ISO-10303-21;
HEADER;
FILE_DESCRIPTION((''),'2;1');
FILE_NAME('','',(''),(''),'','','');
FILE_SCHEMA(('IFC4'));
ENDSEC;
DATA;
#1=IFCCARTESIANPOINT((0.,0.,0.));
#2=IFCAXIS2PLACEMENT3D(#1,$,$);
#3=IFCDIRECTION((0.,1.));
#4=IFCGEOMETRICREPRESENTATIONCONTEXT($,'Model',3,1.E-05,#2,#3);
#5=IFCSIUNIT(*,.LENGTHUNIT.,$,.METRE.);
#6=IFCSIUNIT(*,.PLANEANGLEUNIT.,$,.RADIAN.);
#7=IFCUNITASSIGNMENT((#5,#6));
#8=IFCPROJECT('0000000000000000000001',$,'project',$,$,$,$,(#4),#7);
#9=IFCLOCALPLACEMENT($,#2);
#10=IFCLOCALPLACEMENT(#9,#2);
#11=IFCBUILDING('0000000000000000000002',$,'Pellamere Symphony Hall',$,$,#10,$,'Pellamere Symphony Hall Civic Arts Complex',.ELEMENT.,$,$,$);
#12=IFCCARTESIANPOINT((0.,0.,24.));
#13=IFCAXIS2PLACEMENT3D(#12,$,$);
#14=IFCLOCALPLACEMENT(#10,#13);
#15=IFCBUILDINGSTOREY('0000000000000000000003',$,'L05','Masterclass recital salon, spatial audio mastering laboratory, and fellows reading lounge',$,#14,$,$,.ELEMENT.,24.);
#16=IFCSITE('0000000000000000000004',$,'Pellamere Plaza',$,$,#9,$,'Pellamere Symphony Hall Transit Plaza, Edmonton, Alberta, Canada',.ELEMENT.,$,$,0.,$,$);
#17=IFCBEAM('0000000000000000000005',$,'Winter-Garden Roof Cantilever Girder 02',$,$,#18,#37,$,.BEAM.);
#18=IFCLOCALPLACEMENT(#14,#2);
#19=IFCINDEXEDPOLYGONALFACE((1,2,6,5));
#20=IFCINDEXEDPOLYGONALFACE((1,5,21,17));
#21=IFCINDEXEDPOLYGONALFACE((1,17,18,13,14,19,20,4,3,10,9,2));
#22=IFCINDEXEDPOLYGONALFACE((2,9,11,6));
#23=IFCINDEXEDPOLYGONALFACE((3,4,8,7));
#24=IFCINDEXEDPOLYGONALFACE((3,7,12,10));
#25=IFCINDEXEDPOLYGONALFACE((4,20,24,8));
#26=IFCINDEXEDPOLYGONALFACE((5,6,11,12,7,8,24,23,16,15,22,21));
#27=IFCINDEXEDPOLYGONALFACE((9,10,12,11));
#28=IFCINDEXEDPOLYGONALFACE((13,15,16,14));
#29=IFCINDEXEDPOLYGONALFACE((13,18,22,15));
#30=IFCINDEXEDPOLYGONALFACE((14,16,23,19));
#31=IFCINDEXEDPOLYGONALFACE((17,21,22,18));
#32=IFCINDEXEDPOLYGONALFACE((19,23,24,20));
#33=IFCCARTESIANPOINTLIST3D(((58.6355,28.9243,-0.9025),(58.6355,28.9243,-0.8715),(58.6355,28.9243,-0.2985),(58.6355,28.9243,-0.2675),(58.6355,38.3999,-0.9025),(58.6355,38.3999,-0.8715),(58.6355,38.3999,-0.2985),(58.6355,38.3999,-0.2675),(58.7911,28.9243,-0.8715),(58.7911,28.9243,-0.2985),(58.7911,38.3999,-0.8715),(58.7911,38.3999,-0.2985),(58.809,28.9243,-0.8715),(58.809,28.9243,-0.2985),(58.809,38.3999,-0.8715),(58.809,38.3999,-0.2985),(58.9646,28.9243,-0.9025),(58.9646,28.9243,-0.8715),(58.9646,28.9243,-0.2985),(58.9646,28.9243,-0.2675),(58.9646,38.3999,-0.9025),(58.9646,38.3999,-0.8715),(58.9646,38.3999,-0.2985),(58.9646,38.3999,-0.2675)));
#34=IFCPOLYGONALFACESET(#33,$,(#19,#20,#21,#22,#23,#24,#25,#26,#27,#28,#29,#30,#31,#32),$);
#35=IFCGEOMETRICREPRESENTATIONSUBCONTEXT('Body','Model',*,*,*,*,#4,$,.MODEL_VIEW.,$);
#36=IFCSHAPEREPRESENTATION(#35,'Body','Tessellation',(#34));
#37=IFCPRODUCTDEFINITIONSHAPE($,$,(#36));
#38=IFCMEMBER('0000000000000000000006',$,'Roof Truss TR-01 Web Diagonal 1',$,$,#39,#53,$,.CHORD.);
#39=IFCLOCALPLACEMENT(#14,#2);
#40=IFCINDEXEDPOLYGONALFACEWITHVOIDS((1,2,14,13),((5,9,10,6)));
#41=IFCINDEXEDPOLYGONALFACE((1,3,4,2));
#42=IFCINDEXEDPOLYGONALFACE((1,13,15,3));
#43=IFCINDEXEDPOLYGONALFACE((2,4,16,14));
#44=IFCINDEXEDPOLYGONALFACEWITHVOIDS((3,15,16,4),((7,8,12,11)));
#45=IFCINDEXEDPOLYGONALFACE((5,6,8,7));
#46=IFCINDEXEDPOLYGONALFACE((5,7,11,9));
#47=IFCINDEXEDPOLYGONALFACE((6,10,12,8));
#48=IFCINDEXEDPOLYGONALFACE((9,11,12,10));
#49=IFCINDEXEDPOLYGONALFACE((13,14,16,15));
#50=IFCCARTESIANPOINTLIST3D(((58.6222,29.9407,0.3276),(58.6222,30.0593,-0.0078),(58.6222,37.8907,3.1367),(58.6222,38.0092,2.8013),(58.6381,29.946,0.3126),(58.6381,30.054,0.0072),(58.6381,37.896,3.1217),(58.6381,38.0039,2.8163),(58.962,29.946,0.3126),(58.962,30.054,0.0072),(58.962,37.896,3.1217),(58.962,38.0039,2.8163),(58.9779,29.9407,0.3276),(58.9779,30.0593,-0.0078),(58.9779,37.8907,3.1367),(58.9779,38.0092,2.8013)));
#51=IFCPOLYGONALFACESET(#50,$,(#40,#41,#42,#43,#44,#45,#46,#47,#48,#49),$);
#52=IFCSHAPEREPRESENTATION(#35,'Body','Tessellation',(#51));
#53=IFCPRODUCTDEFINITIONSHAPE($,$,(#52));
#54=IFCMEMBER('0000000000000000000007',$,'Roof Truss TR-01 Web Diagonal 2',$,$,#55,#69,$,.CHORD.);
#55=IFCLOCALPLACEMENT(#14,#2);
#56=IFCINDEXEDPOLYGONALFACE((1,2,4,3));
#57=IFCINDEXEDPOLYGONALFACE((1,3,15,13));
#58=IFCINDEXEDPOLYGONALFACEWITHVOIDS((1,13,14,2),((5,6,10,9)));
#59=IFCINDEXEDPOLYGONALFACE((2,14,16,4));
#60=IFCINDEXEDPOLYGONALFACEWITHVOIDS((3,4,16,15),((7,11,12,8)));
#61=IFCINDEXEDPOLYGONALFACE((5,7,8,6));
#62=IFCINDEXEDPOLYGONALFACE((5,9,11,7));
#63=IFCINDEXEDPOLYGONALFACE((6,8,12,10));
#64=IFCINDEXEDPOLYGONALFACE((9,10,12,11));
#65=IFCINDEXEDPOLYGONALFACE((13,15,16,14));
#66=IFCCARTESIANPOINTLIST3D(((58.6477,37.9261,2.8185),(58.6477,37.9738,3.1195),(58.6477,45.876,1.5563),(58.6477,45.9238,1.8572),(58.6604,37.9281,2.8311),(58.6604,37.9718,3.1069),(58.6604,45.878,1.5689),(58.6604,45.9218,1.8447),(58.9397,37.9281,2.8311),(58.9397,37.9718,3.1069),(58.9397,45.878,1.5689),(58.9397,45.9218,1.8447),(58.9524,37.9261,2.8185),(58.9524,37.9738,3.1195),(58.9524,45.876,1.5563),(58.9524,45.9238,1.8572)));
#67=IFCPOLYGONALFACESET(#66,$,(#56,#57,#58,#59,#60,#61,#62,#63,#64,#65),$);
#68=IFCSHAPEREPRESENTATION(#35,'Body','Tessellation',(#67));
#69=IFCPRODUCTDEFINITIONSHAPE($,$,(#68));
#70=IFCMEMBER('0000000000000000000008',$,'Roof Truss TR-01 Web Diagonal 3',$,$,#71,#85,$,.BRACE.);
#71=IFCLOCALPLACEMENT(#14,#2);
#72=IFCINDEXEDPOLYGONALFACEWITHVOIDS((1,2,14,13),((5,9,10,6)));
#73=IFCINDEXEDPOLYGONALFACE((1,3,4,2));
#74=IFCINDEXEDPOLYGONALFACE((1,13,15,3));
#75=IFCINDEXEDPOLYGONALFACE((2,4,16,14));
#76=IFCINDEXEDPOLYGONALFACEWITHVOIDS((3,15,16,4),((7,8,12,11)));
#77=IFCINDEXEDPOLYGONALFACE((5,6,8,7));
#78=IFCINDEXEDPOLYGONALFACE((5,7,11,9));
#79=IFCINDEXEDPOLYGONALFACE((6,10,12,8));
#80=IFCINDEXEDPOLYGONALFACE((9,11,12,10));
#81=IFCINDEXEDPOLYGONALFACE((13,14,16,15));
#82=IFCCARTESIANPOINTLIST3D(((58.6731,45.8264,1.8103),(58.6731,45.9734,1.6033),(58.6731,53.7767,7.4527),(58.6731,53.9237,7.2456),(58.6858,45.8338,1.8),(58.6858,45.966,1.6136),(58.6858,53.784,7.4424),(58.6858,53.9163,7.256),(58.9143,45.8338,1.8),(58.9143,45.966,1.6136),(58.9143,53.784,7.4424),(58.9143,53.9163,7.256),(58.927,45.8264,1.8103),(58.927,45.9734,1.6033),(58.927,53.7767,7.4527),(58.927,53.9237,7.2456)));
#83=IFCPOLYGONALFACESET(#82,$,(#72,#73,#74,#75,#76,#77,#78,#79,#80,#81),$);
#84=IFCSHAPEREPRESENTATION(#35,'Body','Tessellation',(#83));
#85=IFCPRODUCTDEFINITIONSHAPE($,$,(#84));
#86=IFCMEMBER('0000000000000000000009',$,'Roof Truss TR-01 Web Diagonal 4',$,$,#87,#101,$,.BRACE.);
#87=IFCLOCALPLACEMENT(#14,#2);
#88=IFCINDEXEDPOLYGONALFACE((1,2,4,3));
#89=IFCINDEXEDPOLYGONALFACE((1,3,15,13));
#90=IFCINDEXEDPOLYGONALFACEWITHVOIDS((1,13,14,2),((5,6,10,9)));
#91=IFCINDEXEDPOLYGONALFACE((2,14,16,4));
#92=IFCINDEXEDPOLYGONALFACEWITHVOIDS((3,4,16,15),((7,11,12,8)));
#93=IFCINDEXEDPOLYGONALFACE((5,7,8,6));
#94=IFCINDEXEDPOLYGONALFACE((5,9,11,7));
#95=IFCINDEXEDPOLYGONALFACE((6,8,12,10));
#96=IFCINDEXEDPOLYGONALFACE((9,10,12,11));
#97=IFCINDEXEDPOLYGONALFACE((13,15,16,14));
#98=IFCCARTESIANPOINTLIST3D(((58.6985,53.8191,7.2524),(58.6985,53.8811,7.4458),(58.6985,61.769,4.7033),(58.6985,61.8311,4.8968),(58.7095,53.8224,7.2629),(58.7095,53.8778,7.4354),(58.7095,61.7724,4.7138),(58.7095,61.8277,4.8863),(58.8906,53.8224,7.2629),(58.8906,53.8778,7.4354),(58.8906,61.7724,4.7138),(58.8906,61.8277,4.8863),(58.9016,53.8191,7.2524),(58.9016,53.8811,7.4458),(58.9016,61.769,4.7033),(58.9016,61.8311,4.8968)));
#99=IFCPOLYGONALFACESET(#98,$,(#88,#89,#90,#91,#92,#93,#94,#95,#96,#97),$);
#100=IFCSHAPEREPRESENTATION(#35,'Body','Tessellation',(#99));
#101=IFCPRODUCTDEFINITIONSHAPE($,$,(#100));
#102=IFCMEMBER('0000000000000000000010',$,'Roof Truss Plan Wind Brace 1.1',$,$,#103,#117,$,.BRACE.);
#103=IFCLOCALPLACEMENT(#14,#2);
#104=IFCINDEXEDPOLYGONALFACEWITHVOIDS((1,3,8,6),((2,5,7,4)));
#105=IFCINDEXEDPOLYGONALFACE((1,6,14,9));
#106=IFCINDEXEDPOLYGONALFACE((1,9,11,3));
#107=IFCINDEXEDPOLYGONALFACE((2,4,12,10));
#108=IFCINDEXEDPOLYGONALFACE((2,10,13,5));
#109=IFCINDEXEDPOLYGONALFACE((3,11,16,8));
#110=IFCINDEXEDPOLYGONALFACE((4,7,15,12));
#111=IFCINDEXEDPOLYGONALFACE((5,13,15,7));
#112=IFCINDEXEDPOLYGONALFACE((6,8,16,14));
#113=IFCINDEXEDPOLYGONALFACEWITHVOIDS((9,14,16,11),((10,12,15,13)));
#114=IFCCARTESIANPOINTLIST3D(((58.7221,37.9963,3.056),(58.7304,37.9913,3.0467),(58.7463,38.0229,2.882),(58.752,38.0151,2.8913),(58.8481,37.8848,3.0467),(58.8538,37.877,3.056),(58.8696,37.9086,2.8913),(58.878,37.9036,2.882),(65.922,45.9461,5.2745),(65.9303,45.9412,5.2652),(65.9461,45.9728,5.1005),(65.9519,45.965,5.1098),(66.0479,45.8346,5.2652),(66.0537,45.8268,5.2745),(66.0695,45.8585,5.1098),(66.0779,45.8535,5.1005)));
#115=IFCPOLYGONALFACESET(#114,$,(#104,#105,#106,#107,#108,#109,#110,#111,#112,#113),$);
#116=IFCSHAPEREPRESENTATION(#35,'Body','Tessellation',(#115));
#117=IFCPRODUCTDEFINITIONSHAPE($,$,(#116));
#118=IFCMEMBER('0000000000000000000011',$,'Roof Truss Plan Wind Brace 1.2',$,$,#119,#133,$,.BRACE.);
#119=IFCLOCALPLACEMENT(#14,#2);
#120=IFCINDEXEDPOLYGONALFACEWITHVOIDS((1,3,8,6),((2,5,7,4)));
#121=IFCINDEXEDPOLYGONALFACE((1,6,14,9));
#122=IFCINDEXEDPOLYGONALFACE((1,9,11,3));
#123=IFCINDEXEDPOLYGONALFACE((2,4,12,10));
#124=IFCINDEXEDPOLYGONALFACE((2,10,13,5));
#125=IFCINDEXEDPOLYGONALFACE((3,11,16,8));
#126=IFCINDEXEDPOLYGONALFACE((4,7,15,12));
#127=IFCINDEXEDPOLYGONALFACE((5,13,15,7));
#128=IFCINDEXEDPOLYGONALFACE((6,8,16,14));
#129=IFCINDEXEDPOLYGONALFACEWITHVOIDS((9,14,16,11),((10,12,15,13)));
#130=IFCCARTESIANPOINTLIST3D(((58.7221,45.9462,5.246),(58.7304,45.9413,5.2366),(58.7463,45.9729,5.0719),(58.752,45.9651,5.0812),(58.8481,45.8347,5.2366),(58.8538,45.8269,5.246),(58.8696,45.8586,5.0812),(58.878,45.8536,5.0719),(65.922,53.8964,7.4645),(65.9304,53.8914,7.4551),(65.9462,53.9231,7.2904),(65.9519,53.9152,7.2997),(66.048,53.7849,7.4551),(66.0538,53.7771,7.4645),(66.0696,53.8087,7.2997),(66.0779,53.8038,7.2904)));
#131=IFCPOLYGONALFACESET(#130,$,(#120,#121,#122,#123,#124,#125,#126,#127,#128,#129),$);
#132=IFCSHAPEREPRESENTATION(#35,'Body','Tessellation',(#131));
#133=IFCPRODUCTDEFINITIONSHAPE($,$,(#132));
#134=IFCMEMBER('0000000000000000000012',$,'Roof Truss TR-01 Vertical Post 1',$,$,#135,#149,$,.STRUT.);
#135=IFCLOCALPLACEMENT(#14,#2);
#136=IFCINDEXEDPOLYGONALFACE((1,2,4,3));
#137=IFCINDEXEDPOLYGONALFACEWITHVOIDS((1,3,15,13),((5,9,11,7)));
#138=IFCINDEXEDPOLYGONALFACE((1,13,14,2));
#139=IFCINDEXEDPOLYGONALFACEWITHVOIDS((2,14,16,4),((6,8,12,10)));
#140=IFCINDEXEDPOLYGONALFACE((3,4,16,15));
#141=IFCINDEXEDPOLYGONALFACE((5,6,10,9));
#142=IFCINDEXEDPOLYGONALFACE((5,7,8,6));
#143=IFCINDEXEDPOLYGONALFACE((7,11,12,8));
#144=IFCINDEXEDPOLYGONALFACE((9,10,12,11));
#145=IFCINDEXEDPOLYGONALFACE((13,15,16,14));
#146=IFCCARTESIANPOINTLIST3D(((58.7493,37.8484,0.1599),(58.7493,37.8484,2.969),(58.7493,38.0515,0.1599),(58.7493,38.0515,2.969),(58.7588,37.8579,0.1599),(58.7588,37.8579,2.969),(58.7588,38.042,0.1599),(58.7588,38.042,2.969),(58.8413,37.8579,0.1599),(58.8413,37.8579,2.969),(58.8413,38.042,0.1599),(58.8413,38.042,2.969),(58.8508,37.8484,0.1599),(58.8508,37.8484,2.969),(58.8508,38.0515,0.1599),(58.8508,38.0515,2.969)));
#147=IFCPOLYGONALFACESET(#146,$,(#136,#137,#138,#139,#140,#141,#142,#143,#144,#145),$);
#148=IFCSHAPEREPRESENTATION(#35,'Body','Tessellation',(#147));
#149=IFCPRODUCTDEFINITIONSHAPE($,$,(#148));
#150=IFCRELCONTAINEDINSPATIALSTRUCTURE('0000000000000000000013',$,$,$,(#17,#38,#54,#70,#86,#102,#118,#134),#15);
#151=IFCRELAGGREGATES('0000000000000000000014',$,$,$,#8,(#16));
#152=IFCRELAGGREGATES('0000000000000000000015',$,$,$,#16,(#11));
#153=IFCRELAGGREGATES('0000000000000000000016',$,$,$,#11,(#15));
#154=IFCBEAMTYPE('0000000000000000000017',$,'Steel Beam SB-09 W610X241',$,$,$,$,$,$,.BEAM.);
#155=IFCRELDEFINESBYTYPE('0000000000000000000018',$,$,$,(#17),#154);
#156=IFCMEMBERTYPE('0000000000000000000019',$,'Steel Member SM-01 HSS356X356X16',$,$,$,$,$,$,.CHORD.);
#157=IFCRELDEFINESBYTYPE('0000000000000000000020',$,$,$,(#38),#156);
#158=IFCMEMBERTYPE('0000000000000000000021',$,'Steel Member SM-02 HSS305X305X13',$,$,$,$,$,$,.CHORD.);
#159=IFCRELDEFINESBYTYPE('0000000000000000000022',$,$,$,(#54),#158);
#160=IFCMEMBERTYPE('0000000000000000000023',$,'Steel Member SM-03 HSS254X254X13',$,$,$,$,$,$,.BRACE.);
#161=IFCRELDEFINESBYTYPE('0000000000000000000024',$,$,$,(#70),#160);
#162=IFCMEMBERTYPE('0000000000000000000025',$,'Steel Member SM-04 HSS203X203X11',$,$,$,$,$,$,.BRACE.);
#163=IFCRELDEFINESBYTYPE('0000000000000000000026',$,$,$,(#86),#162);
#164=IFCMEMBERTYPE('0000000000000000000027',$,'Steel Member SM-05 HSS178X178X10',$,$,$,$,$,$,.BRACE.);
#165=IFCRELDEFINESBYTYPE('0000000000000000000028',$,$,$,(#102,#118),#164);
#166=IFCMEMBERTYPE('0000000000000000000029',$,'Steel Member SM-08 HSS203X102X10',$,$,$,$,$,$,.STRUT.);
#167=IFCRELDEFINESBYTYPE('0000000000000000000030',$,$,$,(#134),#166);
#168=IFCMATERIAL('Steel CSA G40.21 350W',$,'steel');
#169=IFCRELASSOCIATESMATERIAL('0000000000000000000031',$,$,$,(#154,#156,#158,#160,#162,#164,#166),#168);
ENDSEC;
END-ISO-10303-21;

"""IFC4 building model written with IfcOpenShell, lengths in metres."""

from ifc_helpers import new_model, si_unit, direction, frame, origin, origin_2d, place, context, subcontext, project, spatial, hollow_rectangle, i_section, extrude, material, material_profile, profile_set, type_object, element, save


model = new_model("IFC4")

# Units and contexts
model_context = context("Model", 3, precision=1e-05, world=origin(), true_north=direction((0.0, 1.0)))
body_context = subcontext(model_context, "Body", "Model", "MODEL_VIEW")
ifc_project = project(units=[si_unit("LENGTHUNIT", "METRE"), si_unit("PLANEANGLEUNIT", "RADIAN")], contexts=[model_context])

# Site, building, storey
site_placement = place(None, origin())
site = spatial("IfcSite", under=ifc_project, at=site_placement, Name="Pellamere Plaza", LongName="Pellamere Symphony Hall Transit Plaza, Edmonton, Alberta, Canada", CompositionType="ELEMENT", RefElevation=0.0)
building_placement = place(site_placement, origin())
building = spatial("IfcBuilding", under=site, at=building_placement, Name="Pellamere Symphony Hall", LongName="Pellamere Symphony Hall Civic Arts Complex", CompositionType="ELEMENT")
storey_placement = place(building_placement, frame((0.0, 0.0, 24.0)))
storey = spatial("IfcBuildingStorey", under=building, at=storey_placement, Name="L05", Description="Masterclass recital salon, spatial audio mastering laboratory, and fellows reading lounge", CompositionType="ELEMENT", Elevation=24.0)

# Beam
ifc_material_1 = material(Name="Steel CSA G40.21 350W", Category="steel")
ifc_material_profile_1 = material_profile(ifc_material_1, i_section(OverallWidth=0.3291, OverallDepth=0.635, WebThickness=0.0178, FlangeThickness=0.031, at=origin_2d()), Name="W610X241")
ifc_profile_set_1 = profile_set([ifc_material_profile_1], Name="Steel CSA G40.21 350W")
beam_type_1 = type_object("IfcBeamType", Name="Steel Beam SB-09 W610X241", PredefinedType="BEAM", material=ifc_profile_set_1)
beam_1_placement = place(storey_placement, frame((58.8, 28.9243, -0.585), z_axis=(0.0, 1.0, 0.0), x_axis=(-1.0, 0.0, 0.0)))
element("IfcBeam", 1, at=beam_1_placement, inside=storey, type_object=beam_type_1, Name="Winter-Garden Roof Cantilever Girder 02", PredefinedType="BEAM", context=body_context, shape_type="SweptSolid", body=[
    extrude(i_section(OverallWidth=0.3291, OverallDepth=0.635, WebThickness=0.0178, FlangeThickness=0.031, at=origin_2d()), origin(), (0.0, 0.0, 1.0), 9.4756),
])

# Members
ifc_material_profile_2 = material_profile(ifc_material_1, hollow_rectangle(XDim=0.3557, YDim=0.3557, WallThickness=0.0159, at=origin_2d()), Name="HSS356X356X16")
ifc_profile_set_2 = profile_set([ifc_material_profile_2], Name="Steel CSA G40.21 350W")
member_type_1 = type_object("IfcMemberType", Name="Steel Member SM-01 HSS356X356X16", PredefinedType="CHORD", material=ifc_profile_set_2)
member_1_placement = place(storey_placement, frame((58.8, 30.0, 0.1599), z_axis=(0.0, 0.942871, 0.333159), x_axis=(-1.0, 0.0, 0.0)))
element("IfcMember", 2, at=member_1_placement, inside=storey, type_object=member_type_1, Name="Roof Truss TR-01 Web Diagonal 1", PredefinedType="CHORD", context=body_context, shape_type="SweptSolid", body=[
    extrude(hollow_rectangle(XDim=0.3557, YDim=0.3557, WallThickness=0.0159, at=origin_2d()), origin(), (0.0, 0.0, 1.0), 8.4316),
])
ifc_material_profile_3 = material_profile(ifc_material_1, hollow_rectangle(XDim=0.3047, YDim=0.3047, WallThickness=0.0127, at=origin_2d()), Name="HSS305X305X13")
ifc_profile_set_3 = profile_set([ifc_material_profile_3], Name="Steel CSA G40.21 350W")
member_type_2 = type_object("IfcMemberType", Name="Steel Member SM-02 HSS305X305X13", PredefinedType="CHORD", material=ifc_profile_set_3)
member_2_placement = place(storey_placement, frame((58.8, 37.95, 2.969), z_axis=(0.0, 0.98763, -0.156805), x_axis=(-1.0, 0.0, 0.0)))
element("IfcMember", 3, at=member_2_placement, inside=storey, type_object=member_type_2, Name="Roof Truss TR-01 Web Diagonal 2", PredefinedType="CHORD", context=body_context, shape_type="SweptSolid", body=[
    extrude(hollow_rectangle(XDim=0.3047, YDim=0.3047, WallThickness=0.0127, at=origin_2d()), origin(), (0.0, 0.0, 1.0), 8.0496),
])
ifc_material_profile_4 = material_profile(ifc_material_1, hollow_rectangle(XDim=0.2539, YDim=0.2539, WallThickness=0.0127, at=origin_2d()), Name="HSS254X254X13")
ifc_profile_set_4 = profile_set([ifc_material_profile_4], Name="Steel CSA G40.21 350W")
member_type_3 = type_object("IfcMemberType", Name="Steel Member SM-03 HSS254X254X13", PredefinedType="BRACE", material=ifc_profile_set_4)
member_3_placement = place(storey_placement, frame((58.8, 45.8999, 1.7068), z_axis=(0.0, 0.815495, 0.578765), x_axis=(-1.0, 0.0, 0.0)))
element("IfcMember", 4, at=member_3_placement, inside=storey, type_object=member_type_3, Name="Roof Truss TR-01 Web Diagonal 3", PredefinedType="BRACE", context=body_context, shape_type="SweptSolid", body=[
    extrude(hollow_rectangle(XDim=0.2539, YDim=0.2539, WallThickness=0.0127, at=origin_2d()), origin(), (0.0, 0.0, 1.0), 9.749),
])
ifc_material_profile_5 = material_profile(ifc_material_1, hollow_rectangle(XDim=0.2031, YDim=0.2031, WallThickness=0.011, at=origin_2d()), Name="HSS203X203X11")
ifc_profile_set_5 = profile_set([ifc_material_profile_5], Name="Steel CSA G40.21 350W")
member_type_4 = type_object("IfcMemberType", Name="Steel Member SM-04 HSS203X203X11", PredefinedType="BRACE", material=ifc_profile_set_5)
member_4_placement = place(storey_placement, frame((58.8, 53.8501, 7.3491), z_axis=(0.0, 0.952247, -0.305328), x_axis=(-1.0, 0.0, 0.0)))
element("IfcMember", 5, at=member_4_placement, inside=storey, type_object=member_type_4, Name="Roof Truss TR-01 Web Diagonal 4", PredefinedType="BRACE", context=body_context, shape_type="SweptSolid", body=[
    extrude(hollow_rectangle(XDim=0.2031, YDim=0.2031, WallThickness=0.011, at=origin_2d()), origin(), (0.0, 0.0, 1.0), 8.3486),
])
ifc_material_profile_6 = material_profile(ifc_material_1, hollow_rectangle(XDim=0.1777, YDim=0.1777, WallThickness=0.0095, at=origin_2d()), Name="HSS178X178X10")
ifc_profile_set_6 = profile_set([ifc_material_profile_6], Name="Steel CSA G40.21 350W")
member_type_5 = type_object("IfcMemberType", Name="Steel Member SM-05 HSS178X178X10", PredefinedType="BRACE", material=ifc_profile_set_6)
member_5_placement = place(storey_placement, frame((58.8, 37.95, 2.969), z_axis=(0.657365, 0.72584, 0.202552), x_axis=(-0.741205, 0.671279, 0.0)))
element("IfcMember", 6, at=member_5_placement, inside=storey, type_object=member_type_5, Name="Roof Truss Plan Wind Brace 1.1", PredefinedType="BRACE", context=body_context, shape_type="SweptSolid", body=[
    extrude(hollow_rectangle(XDim=0.1777, YDim=0.1777, WallThickness=0.0095, at=origin_2d()), origin(), (0.0, 0.0, 1.0), 10.9526),
])
member_6_placement = place(storey_placement, frame((58.8, 45.8999, 5.1589), z_axis=(0.657354, 0.725851, 0.202549), x_axis=(-0.741215, 0.671268, 0.0)))
element("IfcMember", 7, at=member_6_placement, inside=storey, type_object=member_type_5, Name="Roof Truss Plan Wind Brace 1.2", PredefinedType="BRACE", context=body_context, shape_type="SweptSolid", body=[
    extrude(hollow_rectangle(XDim=0.1777, YDim=0.1777, WallThickness=0.0095, at=origin_2d()), origin(), (0.0, 0.0, 1.0), 10.9529),
])
ifc_material_profile_7 = material_profile(ifc_material_1, hollow_rectangle(XDim=0.1016, YDim=0.2031, WallThickness=0.0095, at=origin_2d()), Name="HSS203X102X10")
ifc_profile_set_7 = profile_set([ifc_material_profile_7], Name="Steel CSA G40.21 350W")
member_type_6 = type_object("IfcMemberType", Name="Steel Member SM-08 HSS203X102X10", PredefinedType="STRUT", material=ifc_profile_set_7)
member_7_placement = place(storey_placement, frame((58.8, 37.95, 0.1599), z_axis=(0.0, 0.0, 1.0), x_axis=(1.0, 0.0, 0.0)))
element("IfcMember", 8, at=member_7_placement, inside=storey, type_object=member_type_6, Name="Roof Truss TR-01 Vertical Post 1", PredefinedType="STRUT", context=body_context, shape_type="SweptSolid", body=[
    extrude(hollow_rectangle(XDim=0.1016, YDim=0.2031, WallThickness=0.0095, at=origin_2d()), origin(), (0.0, 0.0, 1.0), 2.8091),
])

save(model, "model.ifc")
